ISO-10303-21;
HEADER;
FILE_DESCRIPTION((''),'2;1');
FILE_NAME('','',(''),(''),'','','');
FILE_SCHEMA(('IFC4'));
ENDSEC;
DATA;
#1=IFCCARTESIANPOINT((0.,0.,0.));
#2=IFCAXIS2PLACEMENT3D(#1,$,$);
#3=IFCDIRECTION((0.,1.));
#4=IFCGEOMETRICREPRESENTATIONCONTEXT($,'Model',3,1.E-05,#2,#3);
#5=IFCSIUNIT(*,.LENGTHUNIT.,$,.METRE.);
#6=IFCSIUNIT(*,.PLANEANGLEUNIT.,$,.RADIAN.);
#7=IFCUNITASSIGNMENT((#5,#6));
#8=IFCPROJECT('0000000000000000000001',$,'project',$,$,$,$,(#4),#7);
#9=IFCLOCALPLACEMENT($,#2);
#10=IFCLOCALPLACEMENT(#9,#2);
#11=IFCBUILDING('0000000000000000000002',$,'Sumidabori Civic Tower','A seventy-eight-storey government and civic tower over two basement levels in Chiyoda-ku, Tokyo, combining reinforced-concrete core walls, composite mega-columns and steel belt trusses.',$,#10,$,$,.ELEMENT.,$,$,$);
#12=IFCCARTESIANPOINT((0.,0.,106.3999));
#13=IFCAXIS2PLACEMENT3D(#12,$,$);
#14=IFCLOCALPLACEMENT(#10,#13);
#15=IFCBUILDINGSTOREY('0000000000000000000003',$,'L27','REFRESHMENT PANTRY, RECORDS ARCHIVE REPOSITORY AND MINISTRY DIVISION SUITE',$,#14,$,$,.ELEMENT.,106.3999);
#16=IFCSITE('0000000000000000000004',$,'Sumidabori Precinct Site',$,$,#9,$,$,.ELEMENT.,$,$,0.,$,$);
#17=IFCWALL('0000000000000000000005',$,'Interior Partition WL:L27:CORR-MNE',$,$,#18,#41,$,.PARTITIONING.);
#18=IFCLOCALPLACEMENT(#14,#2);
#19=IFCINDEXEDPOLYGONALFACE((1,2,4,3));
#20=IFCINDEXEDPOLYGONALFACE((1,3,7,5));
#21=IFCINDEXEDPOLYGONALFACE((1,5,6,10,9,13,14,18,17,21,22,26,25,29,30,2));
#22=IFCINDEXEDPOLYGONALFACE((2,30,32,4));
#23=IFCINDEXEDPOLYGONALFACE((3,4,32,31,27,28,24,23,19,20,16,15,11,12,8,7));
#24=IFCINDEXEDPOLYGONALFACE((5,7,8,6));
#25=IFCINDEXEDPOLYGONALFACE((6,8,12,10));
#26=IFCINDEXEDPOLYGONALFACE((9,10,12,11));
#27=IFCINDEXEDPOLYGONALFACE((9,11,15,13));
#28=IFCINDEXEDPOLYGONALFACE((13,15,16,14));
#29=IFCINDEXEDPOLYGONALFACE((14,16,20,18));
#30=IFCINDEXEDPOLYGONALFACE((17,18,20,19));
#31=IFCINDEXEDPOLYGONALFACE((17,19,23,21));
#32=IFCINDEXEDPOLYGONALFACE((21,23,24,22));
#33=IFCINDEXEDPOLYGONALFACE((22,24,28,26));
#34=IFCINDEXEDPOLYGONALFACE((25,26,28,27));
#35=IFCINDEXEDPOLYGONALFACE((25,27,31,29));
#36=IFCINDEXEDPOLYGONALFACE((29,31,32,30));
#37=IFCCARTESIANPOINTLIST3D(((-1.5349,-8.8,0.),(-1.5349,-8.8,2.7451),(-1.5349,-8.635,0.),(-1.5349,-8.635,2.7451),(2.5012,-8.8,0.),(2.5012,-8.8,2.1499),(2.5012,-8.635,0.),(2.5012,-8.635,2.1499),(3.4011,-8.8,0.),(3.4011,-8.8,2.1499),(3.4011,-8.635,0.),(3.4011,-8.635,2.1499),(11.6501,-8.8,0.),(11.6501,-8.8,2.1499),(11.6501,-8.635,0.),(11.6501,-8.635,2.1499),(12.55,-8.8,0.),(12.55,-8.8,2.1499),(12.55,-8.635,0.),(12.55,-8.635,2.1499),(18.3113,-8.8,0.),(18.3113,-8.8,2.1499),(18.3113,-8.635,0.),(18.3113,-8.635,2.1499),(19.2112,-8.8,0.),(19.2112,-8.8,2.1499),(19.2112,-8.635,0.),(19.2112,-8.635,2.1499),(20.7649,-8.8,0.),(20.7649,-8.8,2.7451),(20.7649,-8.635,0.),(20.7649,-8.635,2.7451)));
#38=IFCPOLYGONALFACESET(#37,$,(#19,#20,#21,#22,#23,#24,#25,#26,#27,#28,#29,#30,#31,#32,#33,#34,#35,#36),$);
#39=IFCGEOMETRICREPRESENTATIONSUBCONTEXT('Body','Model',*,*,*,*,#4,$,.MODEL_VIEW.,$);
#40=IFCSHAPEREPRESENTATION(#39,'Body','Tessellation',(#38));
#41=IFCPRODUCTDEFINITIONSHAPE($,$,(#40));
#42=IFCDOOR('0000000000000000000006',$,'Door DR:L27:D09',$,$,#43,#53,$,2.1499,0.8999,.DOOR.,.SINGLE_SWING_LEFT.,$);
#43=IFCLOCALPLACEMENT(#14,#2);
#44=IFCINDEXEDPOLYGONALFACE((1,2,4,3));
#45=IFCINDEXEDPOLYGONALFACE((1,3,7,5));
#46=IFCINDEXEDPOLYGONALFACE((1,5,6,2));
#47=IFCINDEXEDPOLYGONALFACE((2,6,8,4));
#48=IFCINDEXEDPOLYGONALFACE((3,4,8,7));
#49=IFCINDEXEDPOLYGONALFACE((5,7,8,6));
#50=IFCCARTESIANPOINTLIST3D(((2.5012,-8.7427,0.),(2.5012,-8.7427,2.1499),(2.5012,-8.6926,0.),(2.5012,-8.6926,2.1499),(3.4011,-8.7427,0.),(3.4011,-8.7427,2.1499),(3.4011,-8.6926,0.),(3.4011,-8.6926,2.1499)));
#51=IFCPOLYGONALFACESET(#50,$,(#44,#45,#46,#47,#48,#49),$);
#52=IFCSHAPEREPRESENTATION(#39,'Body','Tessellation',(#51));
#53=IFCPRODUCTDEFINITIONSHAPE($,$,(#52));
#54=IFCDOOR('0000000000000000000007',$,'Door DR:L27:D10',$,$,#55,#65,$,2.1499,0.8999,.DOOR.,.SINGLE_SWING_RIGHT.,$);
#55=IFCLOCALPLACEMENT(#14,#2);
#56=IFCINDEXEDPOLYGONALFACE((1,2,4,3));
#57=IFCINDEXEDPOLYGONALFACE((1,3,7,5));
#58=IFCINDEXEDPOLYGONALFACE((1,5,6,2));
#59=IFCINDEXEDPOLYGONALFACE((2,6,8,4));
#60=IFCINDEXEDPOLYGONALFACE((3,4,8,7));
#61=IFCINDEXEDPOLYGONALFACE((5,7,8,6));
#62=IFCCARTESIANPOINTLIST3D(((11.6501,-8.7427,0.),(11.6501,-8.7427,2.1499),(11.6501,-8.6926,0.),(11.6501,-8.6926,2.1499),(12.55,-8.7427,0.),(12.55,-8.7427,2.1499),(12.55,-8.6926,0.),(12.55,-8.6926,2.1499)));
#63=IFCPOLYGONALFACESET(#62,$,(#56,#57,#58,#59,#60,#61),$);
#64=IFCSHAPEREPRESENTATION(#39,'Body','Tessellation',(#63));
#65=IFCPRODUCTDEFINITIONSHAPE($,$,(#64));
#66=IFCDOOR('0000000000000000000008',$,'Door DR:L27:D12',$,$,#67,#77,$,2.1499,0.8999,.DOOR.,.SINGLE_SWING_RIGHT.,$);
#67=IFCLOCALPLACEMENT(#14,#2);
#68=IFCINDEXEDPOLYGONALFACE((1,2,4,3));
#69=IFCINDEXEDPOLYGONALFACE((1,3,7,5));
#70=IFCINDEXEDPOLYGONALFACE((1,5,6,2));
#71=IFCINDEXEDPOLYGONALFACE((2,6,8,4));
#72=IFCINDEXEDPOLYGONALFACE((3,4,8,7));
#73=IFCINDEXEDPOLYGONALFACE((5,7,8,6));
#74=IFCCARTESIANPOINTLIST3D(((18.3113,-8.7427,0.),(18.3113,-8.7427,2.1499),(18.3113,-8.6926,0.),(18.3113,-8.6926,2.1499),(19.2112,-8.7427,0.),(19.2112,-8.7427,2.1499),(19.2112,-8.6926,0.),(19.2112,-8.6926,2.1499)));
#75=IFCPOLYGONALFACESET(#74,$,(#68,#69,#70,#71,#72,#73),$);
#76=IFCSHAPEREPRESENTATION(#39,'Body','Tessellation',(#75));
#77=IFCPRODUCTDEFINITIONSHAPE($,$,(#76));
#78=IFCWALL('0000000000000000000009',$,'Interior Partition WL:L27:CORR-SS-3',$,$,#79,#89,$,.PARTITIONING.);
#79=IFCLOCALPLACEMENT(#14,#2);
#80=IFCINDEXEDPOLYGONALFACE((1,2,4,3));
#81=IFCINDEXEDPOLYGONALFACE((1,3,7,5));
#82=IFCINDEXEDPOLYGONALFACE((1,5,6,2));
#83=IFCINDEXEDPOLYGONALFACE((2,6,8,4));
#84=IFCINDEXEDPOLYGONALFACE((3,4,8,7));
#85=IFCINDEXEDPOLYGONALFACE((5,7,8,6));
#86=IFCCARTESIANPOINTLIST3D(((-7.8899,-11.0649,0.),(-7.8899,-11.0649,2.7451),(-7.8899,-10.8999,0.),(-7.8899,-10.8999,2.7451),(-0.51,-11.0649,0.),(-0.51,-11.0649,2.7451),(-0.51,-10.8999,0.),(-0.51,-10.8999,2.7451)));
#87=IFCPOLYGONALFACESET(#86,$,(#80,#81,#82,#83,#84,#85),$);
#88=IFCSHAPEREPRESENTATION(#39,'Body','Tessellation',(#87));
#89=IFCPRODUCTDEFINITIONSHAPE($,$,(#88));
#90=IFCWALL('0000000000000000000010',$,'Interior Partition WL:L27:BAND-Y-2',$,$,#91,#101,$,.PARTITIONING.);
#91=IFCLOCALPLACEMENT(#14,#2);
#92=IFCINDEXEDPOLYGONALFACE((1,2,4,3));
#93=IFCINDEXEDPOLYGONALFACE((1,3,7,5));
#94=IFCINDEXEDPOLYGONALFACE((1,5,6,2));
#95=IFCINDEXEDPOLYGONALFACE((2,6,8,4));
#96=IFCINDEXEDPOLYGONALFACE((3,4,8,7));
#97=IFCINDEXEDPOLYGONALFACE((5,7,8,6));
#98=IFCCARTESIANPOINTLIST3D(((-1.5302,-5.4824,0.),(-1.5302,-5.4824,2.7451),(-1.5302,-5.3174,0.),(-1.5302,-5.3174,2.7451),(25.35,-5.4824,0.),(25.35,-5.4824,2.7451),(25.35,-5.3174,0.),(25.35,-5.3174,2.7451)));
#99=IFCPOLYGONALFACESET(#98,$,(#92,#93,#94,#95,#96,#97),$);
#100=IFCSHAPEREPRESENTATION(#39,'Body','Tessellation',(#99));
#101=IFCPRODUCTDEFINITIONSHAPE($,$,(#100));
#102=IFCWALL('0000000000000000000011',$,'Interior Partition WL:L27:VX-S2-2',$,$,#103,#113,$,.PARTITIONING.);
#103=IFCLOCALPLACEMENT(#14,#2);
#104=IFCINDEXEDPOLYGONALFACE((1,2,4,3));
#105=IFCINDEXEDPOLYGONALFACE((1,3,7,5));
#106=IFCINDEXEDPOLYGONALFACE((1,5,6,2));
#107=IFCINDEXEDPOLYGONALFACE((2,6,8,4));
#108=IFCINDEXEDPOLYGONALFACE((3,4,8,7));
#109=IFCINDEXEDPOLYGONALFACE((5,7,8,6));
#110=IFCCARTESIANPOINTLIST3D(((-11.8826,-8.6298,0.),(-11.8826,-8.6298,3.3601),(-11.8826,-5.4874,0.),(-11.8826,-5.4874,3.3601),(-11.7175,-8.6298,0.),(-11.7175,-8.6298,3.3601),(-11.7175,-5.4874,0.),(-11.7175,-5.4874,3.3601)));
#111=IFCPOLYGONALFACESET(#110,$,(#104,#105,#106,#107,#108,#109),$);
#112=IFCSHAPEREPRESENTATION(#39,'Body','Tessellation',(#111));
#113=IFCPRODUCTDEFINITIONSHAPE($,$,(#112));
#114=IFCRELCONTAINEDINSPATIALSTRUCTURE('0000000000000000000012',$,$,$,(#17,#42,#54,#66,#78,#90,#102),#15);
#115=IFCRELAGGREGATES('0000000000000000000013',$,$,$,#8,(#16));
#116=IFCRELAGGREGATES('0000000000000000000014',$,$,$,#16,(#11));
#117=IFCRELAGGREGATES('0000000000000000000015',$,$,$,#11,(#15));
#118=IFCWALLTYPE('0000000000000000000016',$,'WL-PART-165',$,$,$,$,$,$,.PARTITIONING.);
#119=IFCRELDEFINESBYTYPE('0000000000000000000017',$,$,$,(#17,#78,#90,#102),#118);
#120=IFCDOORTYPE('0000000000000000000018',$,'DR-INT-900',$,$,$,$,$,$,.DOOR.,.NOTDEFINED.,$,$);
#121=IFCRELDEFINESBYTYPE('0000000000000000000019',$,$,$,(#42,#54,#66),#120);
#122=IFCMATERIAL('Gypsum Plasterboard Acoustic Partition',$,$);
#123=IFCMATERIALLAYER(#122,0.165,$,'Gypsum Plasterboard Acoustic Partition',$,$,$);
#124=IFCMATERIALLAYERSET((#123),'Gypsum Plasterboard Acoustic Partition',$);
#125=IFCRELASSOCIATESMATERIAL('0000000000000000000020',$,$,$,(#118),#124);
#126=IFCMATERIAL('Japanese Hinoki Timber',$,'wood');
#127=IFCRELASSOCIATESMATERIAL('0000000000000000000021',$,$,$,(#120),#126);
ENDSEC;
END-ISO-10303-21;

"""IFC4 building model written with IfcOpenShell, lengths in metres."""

from ifc_helpers import new_model, si_unit, direction, frame, frame_2d, origin, place, context, subcontext, project, spatial, rectangle, extrude, source, transform, mapped, material, layer, layer_set, type_object, element, fill, save


model = new_model("IFC4")

# Units and contexts
model_context = context("Model", 3, precision=1e-05, world=origin(), true_north=direction((0.0, 1.0)))
body_context = subcontext(model_context, "Body", "Model", "MODEL_VIEW")
ifc_project = project(units=[si_unit("LENGTHUNIT", "METRE"), si_unit("PLANEANGLEUNIT", "RADIAN")], contexts=[model_context])

# Site, building, storey
site_placement = place(None, origin())
site = spatial("IfcSite", under=ifc_project, at=site_placement, Name="Sumidabori Precinct Site", CompositionType="ELEMENT", RefElevation=0.0)
building_placement = place(site_placement, origin())
building = spatial("IfcBuilding", under=site, at=building_placement, Name="Sumidabori Civic Tower", Description="A seventy-eight-storey government and civic tower over two basement levels in Chiyoda-ku, Tokyo, combining reinforced-concrete core walls, composite mega-columns and steel belt trusses.", CompositionType="ELEMENT")
storey_placement = place(building_placement, frame((0.0, 0.0, 106.3999)))
storey = spatial("IfcBuildingStorey", under=building, at=storey_placement, Name="L27", Description="REFRESHMENT PANTRY, RECORDS ARCHIVE REPOSITORY AND MINISTRY DIVISION SUITE", CompositionType="ELEMENT", Elevation=106.3999)

# Shared definitions
ifc_material_1 = material(Name="Gypsum Plasterboard Acoustic Partition")
ifc_layer = layer(ifc_material_1, 0.165, Name="Gypsum Plasterboard Acoustic Partition")
ifc_layer_set = layer_set([ifc_layer], Name="Gypsum Plasterboard Acoustic Partition")
wall_type = type_object("IfcWallType", Name="WL-PART-165", PredefinedType="PARTITIONING", material=ifc_layer_set)

# Wall, openings, doors
shared_shape_1 = source(origin(), body_context, "Body", "SweptSolid", [
    extrude(rectangle(XDim=22.2998, YDim=0.165, at=frame_2d((11.1499, 0.0))), origin(), (0.0, 0.0, 1.0), 2.7451),
])
wall_1_placement = place(storey_placement, frame((-1.5349, -8.7175, 0.0), z_axis=(0.0, 0.0, 1.0), x_axis=(1.0, 0.0, 0.0)))
wall_1 = element("IfcWall", 1, at=wall_1_placement, inside=storey, type_object=wall_type, Name="Interior Partition WL:L27:CORR-MNE", PredefinedType="PARTITIONING", context=body_context, shape_type="MappedRepresentation", body=[
    mapped(shared_shape_1, transform((0.0, 0.0, 0.0), x_axis=(1.0, 0.0, 0.0), y_axis=(0.0, 1.0, 0.0), z_axis=(0.0, 0.0, 1.0), scale=1.0)),
])
opening_1_placement = place(wall_1_placement, frame((4.0361, 0.0, 0.0)))
opening_1 = element("IfcOpeningElement", 2, at=opening_1_placement, cuts=wall_1, PredefinedType="OPENING", context=body_context, shape_type="SweptSolid", body=[
    extrude(rectangle(XDim=0.8999, YDim=2.1499, at=frame_2d((0.45, 1.075))), frame((0.0, 0.0945, 0.0), z_axis=(0.0, -1.0, 0.0), x_axis=(1.0, 0.0, 0.0)), (0.0, 0.0, 1.0), 0.189),
])
opening_2_placement = place(wall_1_placement, frame((13.1851, 0.0, 0.0)))
opening_2 = element("IfcOpeningElement", 3, at=opening_2_placement, cuts=wall_1, PredefinedType="OPENING", context=body_context, shape_type="SweptSolid", body=[
    extrude(rectangle(XDim=0.8999, YDim=2.1499, at=frame_2d((0.45, 1.075))), frame((0.0, 0.0945, 0.0), z_axis=(0.0, -1.0, 0.0), x_axis=(1.0, 0.0, 0.0)), (0.0, 0.0, 1.0), 0.189),
])
opening_3_placement = place(wall_1_placement, frame((19.8462, 0.0, 0.0)))
opening_3 = element("IfcOpeningElement", 4, at=opening_3_placement, cuts=wall_1, PredefinedType="OPENING", context=body_context, shape_type="SweptSolid", body=[
    extrude(rectangle(XDim=0.8999, YDim=2.1499, at=frame_2d((0.45, 1.075))), frame((0.0, 0.0945, 0.0), z_axis=(0.0, -1.0, 0.0), x_axis=(1.0, 0.0, 0.0)), (0.0, 0.0, 1.0), 0.189),
])
ifc_material_2 = material(Name="Japanese Hinoki Timber", Category="wood")
door_type = type_object("IfcDoorType", Name="DR-INT-900", OperationType="NOTDEFINED", PredefinedType="DOOR", material=ifc_material_2)
shared_shape_2 = source(origin(), body_context, "Body", "SweptSolid", [
    extrude(rectangle(XDim=0.8999, YDim=2.1499, at=frame_2d((0.45, 1.075))), frame((0.0, 0.0249, 0.0), z_axis=(0.0, -1.0, 0.0), x_axis=(1.0, 0.0, 0.0)), (0.0, 0.0, 1.0), 0.05),
])
door_1_placement = place(opening_1_placement, origin())
door_1 = element("IfcDoor", 5, at=door_1_placement, inside=storey, type_object=door_type, Name="Door DR:L27:D09", OperationType="SINGLE_SWING_LEFT", OverallHeight=2.1499, OverallWidth=0.8999, PredefinedType="DOOR", context=body_context, shape_type="MappedRepresentation", body=[
    mapped(shared_shape_2, transform((0.0, 0.0, 0.0), x_axis=(1.0, 0.0, 0.0), y_axis=(0.0, 1.0, 0.0), z_axis=(0.0, 0.0, 1.0), scale=1.0)),
])
fill(opening_1, door_1)
door_2_placement = place(opening_2_placement, origin())
door_2 = element("IfcDoor", 6, at=door_2_placement, inside=storey, type_object=door_type, Name="Door DR:L27:D10", OperationType="SINGLE_SWING_RIGHT", OverallHeight=2.1499, OverallWidth=0.8999, PredefinedType="DOOR", context=body_context, shape_type="MappedRepresentation", body=[
    mapped(shared_shape_2, transform((0.0, 0.0, 0.0), x_axis=(1.0, 0.0, 0.0), y_axis=(0.0, 1.0, 0.0), z_axis=(0.0, 0.0, 1.0), scale=1.0)),
])
fill(opening_2, door_2)
door_3_placement = place(opening_3_placement, origin())
door_3 = element("IfcDoor", 7, at=door_3_placement, inside=storey, type_object=door_type, Name="Door DR:L27:D12", OperationType="SINGLE_SWING_RIGHT", OverallHeight=2.1499, OverallWidth=0.8999, PredefinedType="DOOR", context=body_context, shape_type="MappedRepresentation", body=[
    mapped(shared_shape_2, transform((0.0, 0.0, 0.0), x_axis=(1.0, 0.0, 0.0), y_axis=(0.0, 1.0, 0.0), z_axis=(0.0, 0.0, 1.0), scale=1.0)),
])
fill(opening_3, door_3)

# Walls
shared_shape_3 = source(origin(), body_context, "Body", "SweptSolid", [
    extrude(rectangle(XDim=7.3799, YDim=0.165, at=frame_2d((3.6899, 0.0))), origin(), (0.0, 0.0, 1.0), 2.7451),
])
wall_2_placement = place(storey_placement, frame((-7.8899, -10.9824, 0.0), z_axis=(0.0, 0.0, 1.0), x_axis=(1.0, 0.0, 0.0)))
element("IfcWall", 8, at=wall_2_placement, inside=storey, type_object=wall_type, Name="Interior Partition WL:L27:CORR-SS-3", PredefinedType="PARTITIONING", context=body_context, shape_type="MappedRepresentation", body=[
    mapped(shared_shape_3, transform((0.0, 0.0, 0.0), x_axis=(1.0, 0.0, 0.0), y_axis=(0.0, 1.0, 0.0), z_axis=(0.0, 0.0, 1.0), scale=1.0)),
])
shared_shape_4 = source(origin(), body_context, "Body", "SweptSolid", [
    extrude(rectangle(XDim=26.8801, YDim=0.165, at=frame_2d((13.4399, 0.0))), origin(), (0.0, 0.0, 1.0), 2.7451),
])
wall_3_placement = place(storey_placement, frame((-1.53, -5.3999, 0.0), z_axis=(0.0, 0.0, 1.0), x_axis=(1.0, 0.0, 0.0)))
element("IfcWall", 9, at=wall_3_placement, inside=storey, type_object=wall_type, Name="Interior Partition WL:L27:BAND-Y-2", PredefinedType="PARTITIONING", context=body_context, shape_type="MappedRepresentation", body=[
    mapped(shared_shape_4, transform((0.0, 0.0, 0.0), x_axis=(1.0, 0.0, 0.0), y_axis=(0.0, 1.0, 0.0), z_axis=(0.0, 0.0, 1.0), scale=1.0)),
])
shared_shape_5 = source(origin(), body_context, "Body", "SweptSolid", [
    extrude(rectangle(XDim=3.1423, YDim=0.165, at=frame_2d((1.5713, 0.0))), origin(), (0.0, 0.0, 1.0), 3.3601),
])
wall_4_placement = place(storey_placement, frame((-11.8, -8.6299, 0.0), z_axis=(0.0, 0.0, 1.0), x_axis=(0.0, 1.0, 0.0)))
element("IfcWall", 10, at=wall_4_placement, inside=storey, type_object=wall_type, Name="Interior Partition WL:L27:VX-S2-2", PredefinedType="PARTITIONING", context=body_context, shape_type="MappedRepresentation", body=[
    mapped(shared_shape_5, transform((0.0, 0.0, 0.0), x_axis=(1.0, 0.0, 0.0), y_axis=(0.0, 1.0, 0.0), z_axis=(0.0, 0.0, 1.0), scale=1.0)),
])

save(model, "model.ifc")
